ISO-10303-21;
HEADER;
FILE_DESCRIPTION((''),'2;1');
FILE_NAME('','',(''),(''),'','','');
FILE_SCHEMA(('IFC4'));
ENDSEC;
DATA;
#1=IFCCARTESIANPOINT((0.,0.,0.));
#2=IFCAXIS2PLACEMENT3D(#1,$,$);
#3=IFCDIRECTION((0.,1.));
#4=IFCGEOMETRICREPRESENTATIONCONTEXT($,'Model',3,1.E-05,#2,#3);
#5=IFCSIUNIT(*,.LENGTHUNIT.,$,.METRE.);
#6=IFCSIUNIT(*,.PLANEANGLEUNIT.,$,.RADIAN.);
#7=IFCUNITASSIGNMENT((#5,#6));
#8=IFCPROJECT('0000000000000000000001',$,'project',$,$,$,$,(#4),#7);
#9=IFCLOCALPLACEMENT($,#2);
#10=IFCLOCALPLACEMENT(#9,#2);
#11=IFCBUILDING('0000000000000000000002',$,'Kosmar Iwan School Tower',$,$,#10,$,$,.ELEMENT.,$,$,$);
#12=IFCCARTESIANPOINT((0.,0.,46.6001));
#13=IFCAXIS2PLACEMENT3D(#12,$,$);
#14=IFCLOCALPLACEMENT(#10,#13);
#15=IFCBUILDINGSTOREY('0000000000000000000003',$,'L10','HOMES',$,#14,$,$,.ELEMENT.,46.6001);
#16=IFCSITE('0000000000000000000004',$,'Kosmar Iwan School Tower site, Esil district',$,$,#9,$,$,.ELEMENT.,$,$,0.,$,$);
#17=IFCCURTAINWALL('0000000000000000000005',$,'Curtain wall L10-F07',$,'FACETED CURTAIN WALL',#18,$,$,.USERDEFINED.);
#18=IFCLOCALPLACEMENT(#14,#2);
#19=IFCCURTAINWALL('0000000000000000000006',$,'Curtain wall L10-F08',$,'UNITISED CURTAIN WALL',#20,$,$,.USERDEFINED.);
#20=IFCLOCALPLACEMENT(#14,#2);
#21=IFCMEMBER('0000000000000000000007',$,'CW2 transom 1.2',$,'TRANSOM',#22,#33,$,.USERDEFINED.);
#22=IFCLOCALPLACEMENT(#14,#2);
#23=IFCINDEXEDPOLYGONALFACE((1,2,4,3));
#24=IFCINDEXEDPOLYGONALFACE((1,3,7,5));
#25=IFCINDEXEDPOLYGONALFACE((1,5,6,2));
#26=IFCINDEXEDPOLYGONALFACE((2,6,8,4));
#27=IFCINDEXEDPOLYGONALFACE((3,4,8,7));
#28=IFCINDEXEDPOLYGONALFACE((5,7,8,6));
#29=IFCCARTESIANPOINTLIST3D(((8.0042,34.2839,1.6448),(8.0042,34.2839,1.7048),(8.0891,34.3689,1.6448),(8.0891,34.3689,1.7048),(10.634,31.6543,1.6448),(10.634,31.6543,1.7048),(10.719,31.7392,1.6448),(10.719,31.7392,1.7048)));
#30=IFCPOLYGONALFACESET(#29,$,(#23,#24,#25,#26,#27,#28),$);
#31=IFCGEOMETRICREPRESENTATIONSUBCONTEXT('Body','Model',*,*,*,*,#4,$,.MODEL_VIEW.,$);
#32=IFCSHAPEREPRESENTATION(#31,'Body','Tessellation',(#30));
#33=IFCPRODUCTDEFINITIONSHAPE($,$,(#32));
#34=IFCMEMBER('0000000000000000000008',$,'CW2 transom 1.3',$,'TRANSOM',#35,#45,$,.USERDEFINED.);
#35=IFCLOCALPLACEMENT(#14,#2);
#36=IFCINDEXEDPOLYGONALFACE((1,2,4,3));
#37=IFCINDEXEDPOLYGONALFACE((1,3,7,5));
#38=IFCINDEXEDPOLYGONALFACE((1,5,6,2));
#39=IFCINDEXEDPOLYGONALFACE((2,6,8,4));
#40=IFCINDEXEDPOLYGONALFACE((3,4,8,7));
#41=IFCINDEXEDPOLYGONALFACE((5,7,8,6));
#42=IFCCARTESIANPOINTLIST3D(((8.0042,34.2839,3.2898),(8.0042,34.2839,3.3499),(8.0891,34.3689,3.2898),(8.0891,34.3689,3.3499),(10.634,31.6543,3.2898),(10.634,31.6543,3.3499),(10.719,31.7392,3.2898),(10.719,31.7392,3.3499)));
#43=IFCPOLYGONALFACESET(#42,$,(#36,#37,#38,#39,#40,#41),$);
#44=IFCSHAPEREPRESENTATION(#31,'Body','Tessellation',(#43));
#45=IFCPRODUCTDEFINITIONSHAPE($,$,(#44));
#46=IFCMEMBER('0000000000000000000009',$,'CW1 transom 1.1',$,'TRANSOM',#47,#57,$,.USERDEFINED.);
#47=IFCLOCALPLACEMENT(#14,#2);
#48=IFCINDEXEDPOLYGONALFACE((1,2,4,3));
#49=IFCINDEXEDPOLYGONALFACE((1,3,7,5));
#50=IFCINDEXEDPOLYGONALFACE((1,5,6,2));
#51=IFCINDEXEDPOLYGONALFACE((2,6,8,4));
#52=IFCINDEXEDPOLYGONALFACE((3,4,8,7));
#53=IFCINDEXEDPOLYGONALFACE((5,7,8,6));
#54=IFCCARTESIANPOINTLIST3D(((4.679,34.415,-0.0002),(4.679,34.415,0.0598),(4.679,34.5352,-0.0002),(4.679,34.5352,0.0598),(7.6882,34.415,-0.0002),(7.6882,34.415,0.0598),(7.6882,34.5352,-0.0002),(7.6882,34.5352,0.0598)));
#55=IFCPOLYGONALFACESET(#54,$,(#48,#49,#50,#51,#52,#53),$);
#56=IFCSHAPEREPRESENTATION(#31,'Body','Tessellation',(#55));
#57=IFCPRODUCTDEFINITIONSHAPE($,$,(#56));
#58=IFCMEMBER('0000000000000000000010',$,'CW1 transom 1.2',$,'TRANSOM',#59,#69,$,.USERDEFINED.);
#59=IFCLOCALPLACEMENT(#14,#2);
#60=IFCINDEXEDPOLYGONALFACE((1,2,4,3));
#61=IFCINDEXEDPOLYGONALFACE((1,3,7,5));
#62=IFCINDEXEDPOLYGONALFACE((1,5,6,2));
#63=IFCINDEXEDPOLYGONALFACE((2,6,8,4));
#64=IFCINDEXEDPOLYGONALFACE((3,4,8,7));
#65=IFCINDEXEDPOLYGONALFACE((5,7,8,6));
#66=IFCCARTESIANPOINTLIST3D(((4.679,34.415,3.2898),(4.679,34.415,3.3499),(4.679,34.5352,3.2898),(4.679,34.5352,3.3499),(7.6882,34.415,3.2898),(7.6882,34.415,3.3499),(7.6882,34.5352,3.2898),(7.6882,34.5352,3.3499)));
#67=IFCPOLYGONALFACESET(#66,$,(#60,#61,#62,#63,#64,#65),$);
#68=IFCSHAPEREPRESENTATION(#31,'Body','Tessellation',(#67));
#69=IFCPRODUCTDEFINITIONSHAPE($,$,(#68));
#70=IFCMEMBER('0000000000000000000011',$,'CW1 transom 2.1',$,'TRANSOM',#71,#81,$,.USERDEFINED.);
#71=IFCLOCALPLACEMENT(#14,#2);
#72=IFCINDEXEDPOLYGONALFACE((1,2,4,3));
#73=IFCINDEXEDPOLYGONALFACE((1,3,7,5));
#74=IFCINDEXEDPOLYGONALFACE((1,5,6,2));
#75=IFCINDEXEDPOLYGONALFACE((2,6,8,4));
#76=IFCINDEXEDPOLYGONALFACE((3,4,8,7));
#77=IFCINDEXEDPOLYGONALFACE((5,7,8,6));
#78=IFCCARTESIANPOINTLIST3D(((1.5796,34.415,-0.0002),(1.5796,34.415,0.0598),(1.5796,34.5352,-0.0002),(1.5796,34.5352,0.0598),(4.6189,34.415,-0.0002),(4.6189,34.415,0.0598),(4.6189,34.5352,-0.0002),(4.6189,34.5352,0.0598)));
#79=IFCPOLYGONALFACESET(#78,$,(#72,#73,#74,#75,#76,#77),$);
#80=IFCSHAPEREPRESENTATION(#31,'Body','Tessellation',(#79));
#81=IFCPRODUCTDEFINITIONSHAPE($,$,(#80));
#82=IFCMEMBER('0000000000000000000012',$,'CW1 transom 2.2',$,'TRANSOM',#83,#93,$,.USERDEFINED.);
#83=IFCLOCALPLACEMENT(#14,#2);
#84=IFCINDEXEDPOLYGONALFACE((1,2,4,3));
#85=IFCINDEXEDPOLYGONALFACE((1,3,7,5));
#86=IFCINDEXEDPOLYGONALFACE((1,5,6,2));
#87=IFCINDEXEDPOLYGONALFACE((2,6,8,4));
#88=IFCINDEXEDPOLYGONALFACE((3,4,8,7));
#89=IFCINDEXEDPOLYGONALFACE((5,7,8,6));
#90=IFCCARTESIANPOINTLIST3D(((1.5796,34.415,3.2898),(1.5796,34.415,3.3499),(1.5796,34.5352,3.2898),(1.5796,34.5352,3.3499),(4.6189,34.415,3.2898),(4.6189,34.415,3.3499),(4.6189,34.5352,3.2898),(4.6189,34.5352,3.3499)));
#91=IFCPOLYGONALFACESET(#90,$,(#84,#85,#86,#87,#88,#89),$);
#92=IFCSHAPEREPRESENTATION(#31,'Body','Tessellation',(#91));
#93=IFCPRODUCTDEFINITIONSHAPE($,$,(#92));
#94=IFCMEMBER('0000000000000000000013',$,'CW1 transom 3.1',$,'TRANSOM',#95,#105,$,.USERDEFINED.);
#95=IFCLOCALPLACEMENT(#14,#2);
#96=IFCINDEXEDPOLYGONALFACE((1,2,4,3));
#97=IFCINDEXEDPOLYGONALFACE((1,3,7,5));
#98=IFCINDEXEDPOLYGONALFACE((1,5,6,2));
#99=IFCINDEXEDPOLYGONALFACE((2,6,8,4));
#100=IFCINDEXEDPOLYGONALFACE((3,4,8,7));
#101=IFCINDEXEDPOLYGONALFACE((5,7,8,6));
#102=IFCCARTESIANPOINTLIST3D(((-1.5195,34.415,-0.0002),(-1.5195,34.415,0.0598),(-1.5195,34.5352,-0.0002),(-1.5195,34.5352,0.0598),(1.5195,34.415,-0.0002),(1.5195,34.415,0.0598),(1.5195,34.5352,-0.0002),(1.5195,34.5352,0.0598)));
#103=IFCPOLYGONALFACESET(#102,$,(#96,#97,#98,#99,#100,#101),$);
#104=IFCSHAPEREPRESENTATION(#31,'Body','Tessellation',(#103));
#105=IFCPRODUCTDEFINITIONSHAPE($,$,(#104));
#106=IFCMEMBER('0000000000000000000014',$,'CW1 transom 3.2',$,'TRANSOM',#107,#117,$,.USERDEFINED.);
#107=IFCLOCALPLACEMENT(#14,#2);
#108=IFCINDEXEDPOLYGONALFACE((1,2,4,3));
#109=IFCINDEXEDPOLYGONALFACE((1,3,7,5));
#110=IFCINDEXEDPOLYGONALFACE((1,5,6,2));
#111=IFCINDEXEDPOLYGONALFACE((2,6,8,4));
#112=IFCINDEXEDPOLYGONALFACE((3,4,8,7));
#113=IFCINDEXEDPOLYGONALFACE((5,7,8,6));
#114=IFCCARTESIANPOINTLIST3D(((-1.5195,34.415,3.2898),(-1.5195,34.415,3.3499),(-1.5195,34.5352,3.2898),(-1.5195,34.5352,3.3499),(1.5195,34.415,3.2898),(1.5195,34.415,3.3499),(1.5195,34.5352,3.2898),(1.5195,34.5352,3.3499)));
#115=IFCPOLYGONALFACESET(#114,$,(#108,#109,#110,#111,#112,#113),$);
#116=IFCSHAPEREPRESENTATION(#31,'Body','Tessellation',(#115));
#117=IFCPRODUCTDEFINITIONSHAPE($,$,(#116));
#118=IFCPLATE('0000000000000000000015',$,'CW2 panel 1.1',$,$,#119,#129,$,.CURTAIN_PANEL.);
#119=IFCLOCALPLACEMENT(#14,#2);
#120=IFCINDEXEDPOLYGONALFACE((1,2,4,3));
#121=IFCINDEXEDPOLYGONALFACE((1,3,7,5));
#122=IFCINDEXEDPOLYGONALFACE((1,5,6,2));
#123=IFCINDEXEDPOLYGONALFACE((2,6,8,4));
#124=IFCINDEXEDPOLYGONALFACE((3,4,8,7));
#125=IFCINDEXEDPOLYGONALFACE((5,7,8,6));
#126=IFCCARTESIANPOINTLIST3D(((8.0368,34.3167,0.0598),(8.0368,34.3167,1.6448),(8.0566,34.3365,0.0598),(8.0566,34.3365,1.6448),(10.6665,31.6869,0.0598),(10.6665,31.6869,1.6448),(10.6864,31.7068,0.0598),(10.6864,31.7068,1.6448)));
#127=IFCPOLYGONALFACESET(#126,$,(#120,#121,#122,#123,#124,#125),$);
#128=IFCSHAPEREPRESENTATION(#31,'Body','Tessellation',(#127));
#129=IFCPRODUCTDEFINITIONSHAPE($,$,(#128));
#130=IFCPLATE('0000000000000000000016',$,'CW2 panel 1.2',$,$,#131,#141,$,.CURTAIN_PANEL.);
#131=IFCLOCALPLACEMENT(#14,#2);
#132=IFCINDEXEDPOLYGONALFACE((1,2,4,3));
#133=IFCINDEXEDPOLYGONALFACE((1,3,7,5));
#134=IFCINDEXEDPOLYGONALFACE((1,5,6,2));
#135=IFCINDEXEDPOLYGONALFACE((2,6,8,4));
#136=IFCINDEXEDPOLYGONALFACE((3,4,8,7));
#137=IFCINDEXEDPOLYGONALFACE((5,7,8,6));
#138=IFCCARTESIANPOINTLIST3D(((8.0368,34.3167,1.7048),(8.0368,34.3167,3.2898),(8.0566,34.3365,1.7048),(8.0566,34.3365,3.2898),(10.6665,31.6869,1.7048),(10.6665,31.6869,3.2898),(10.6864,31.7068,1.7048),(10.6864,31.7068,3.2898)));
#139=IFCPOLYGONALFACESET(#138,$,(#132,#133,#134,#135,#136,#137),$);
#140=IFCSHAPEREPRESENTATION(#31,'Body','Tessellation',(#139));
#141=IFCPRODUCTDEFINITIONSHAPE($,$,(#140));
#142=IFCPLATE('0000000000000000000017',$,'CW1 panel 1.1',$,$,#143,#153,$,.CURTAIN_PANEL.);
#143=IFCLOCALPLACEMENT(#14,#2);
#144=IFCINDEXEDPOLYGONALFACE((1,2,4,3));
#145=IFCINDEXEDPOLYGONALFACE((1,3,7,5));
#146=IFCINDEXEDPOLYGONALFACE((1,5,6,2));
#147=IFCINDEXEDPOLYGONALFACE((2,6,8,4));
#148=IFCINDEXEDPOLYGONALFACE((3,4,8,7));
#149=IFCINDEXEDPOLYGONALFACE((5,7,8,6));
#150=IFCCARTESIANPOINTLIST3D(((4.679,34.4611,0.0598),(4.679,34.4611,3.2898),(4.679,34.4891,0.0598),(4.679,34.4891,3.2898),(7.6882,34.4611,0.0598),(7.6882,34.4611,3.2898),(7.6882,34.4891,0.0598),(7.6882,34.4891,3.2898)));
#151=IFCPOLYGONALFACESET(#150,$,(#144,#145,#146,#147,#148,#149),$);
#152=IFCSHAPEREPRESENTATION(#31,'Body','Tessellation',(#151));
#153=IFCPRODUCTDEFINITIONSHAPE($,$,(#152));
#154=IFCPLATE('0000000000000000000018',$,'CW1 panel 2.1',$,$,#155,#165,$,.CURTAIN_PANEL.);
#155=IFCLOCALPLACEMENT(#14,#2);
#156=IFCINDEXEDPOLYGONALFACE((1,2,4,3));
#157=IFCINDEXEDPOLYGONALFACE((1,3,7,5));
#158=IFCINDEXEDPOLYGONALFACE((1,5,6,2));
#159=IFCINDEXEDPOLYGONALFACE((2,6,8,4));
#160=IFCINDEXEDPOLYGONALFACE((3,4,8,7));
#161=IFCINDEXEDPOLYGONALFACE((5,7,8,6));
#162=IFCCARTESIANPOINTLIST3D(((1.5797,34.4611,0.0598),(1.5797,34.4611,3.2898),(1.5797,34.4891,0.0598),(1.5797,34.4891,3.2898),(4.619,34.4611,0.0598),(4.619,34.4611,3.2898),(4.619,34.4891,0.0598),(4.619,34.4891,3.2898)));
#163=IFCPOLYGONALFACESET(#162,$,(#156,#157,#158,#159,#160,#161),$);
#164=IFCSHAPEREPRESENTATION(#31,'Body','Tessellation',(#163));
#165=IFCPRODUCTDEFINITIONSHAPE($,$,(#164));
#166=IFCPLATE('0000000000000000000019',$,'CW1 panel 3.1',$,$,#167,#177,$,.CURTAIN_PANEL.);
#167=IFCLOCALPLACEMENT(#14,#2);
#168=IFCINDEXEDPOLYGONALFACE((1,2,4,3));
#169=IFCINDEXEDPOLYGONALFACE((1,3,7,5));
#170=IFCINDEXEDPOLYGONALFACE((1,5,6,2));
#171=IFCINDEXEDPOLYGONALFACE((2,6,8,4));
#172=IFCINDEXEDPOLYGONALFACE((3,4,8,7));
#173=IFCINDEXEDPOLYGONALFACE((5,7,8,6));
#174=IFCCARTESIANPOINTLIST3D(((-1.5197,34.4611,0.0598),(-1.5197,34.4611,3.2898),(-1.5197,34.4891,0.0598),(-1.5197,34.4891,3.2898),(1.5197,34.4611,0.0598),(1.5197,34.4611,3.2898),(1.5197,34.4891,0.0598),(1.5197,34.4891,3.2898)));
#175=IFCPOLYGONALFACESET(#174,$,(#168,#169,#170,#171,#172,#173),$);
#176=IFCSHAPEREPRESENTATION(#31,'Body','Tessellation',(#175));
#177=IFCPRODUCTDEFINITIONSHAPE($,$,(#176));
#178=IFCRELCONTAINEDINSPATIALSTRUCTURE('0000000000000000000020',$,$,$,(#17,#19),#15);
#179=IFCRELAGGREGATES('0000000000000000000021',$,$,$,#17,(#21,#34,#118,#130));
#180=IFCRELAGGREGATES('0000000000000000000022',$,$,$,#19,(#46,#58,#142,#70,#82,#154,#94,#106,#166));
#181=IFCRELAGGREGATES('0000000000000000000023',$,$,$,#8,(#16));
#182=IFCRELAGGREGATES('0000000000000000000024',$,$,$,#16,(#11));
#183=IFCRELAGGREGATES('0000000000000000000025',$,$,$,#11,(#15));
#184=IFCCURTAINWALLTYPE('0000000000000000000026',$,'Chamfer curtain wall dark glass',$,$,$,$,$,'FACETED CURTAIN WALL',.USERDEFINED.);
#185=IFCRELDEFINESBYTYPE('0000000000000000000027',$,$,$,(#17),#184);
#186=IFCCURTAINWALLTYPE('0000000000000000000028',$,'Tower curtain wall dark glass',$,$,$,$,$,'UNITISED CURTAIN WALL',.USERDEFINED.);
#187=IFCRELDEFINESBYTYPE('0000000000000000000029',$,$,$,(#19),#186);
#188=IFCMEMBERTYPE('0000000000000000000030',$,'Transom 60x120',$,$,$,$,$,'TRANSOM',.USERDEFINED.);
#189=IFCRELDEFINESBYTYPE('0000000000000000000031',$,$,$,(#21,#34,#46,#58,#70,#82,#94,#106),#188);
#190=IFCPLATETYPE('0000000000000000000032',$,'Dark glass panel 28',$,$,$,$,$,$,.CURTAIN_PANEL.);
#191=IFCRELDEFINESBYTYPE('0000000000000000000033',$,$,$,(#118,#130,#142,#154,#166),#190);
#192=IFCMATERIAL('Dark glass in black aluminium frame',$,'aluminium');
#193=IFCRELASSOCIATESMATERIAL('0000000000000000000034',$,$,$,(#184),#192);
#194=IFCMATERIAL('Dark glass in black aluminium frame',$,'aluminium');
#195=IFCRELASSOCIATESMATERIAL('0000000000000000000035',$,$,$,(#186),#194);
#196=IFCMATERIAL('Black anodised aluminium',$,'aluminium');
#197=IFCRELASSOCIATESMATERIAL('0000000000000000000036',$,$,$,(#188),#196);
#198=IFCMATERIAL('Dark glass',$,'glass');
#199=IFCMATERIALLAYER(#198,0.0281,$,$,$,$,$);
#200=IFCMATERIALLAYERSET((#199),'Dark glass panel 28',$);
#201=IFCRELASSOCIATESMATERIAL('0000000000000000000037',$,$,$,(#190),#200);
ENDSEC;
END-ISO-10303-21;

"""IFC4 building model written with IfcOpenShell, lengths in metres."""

from ifc_helpers import new_model, si_unit, direction, frame, origin, origin_2d, place, context, subcontext, project, spatial, rectangle, extrude, material, layer, layer_set, material_profile, profile_set, type_object, element, aggregate, save


model = new_model("IFC4")

# Units and contexts
model_context = context("Model", 3, precision=1e-05, world=origin(), true_north=direction((0.0, 1.0)))
body_context = subcontext(model_context, "Body", "Model", "MODEL_VIEW")
ifc_project = project(units=[si_unit("LENGTHUNIT", "METRE"), si_unit("PLANEANGLEUNIT", "RADIAN")], contexts=[model_context])

# Site, building, storey
site_placement = place(None, origin())
site = spatial("IfcSite", under=ifc_project, at=site_placement, Name="Kosmar Iwan School Tower site, Esil district", CompositionType="ELEMENT", RefElevation=0.0)
building_placement = place(site_placement, origin())
building = spatial("IfcBuilding", under=site, at=building_placement, Name="Kosmar Iwan School Tower", CompositionType="ELEMENT")
storey_placement = place(building_placement, frame((0.0, 0.0, 46.6001)))
storey = spatial("IfcBuildingStorey", under=building, at=storey_placement, Name="L10", Description="HOMES", CompositionType="ELEMENT", Elevation=46.6001)

# Curtain walls
ifc_material_1 = material(Name="Dark glass in black aluminium frame", Category="aluminium")
curtain_wall_type_1 = type_object("IfcCurtainWallType", Name="Chamfer curtain wall dark glass", ElementType="FACETED CURTAIN WALL", PredefinedType="USERDEFINED", material=ifc_material_1)
curtain_wall_1_placement = place(storey_placement, origin())
curtain_wall_1 = element("IfcCurtainWall", 1, at=curtain_wall_1_placement, inside=storey, type_object=curtain_wall_type_1, Name="Curtain wall L10-F07", ObjectType="FACETED CURTAIN WALL", PredefinedType="USERDEFINED")
ifc_material_2 = material(Name="Dark glass in black aluminium frame", Category="aluminium")
curtain_wall_type_2 = type_object("IfcCurtainWallType", Name="Tower curtain wall dark glass", ElementType="UNITISED CURTAIN WALL", PredefinedType="USERDEFINED", material=ifc_material_2)
curtain_wall_2_placement = place(storey_placement, origin())
curtain_wall_2 = element("IfcCurtainWall", 2, at=curtain_wall_2_placement, inside=storey, type_object=curtain_wall_type_2, Name="Curtain wall L10-F08", ObjectType="UNITISED CURTAIN WALL", PredefinedType="USERDEFINED")

# Members
ifc_material_3 = material(Name="Black anodised aluminium", Category="aluminium")
ifc_material_profile_1 = material_profile(ifc_material_3, rectangle(XDim=0.1201, YDim=0.0601, at=origin_2d()), Name="TRANSOM 60x120")
ifc_profile_set_1 = profile_set([ifc_material_profile_1], Name="Black anodised aluminium")
member_type_1 = type_object("IfcMemberType", Name="Transom 60x120", ElementType="TRANSOM", PredefinedType="USERDEFINED", material=ifc_profile_set_1)
member_1_placement = place(storey_placement, frame((10.6765, 31.6968, 1.6748), z_axis=(-0.70714, 0.707074, 0.0), x_axis=(-0.707074, -0.70714, 0.0)))
member_1 = element("IfcMember", 3, at=member_1_placement, type_object=member_type_1, Name="CW2 transom 1.2", ObjectType="TRANSOM", PredefinedType="USERDEFINED", context=body_context, shape_type="SweptSolid", body=[
    extrude(rectangle(XDim=0.1201, YDim=0.0601, at=origin_2d()), origin(), (0.0, 0.0, 1.0), 3.719),
])
member_2_placement = place(storey_placement, frame((10.6765, 31.6968, 3.3198), z_axis=(-0.70714, 0.707074, 0.0), x_axis=(-0.707074, -0.70714, 0.0)))
member_2 = element("IfcMember", 4, at=member_2_placement, type_object=member_type_1, Name="CW2 transom 1.3", ObjectType="TRANSOM", PredefinedType="USERDEFINED", context=body_context, shape_type="SweptSolid", body=[
    extrude(rectangle(XDim=0.1201, YDim=0.0601, at=origin_2d()), origin(), (0.0, 0.0, 1.0), 3.719),
])
member_3_placement = place(storey_placement, frame((7.6882, 34.4751, 0.0298), z_axis=(-1.0, 0.0, 0.0), x_axis=(0.0, -1.0, 0.0)))
member_3 = element("IfcMember", 5, at=member_3_placement, type_object=member_type_1, Name="CW1 transom 1.1", ObjectType="TRANSOM", PredefinedType="USERDEFINED", context=body_context, shape_type="SweptSolid", body=[
    extrude(rectangle(XDim=0.1201, YDim=0.0601, at=origin_2d()), origin(), (0.0, 0.0, 1.0), 3.0093),
])
member_4_placement = place(storey_placement, frame((7.6882, 34.4751, 3.3198), z_axis=(-1.0, 0.0, 0.0), x_axis=(0.0, -1.0, 0.0)))
member_4 = element("IfcMember", 6, at=member_4_placement, type_object=member_type_1, Name="CW1 transom 1.2", ObjectType="TRANSOM", PredefinedType="USERDEFINED", context=body_context, shape_type="SweptSolid", body=[
    extrude(rectangle(XDim=0.1201, YDim=0.0601, at=origin_2d()), origin(), (0.0, 0.0, 1.0), 3.0093),
])
member_5_placement = place(storey_placement, frame((4.6189, 34.4751, 0.0298), z_axis=(-1.0, 0.0, 0.0), x_axis=(0.0, -1.0, 0.0)))
member_5 = element("IfcMember", 7, at=member_5_placement, type_object=member_type_1, Name="CW1 transom 2.1", ObjectType="TRANSOM", PredefinedType="USERDEFINED", context=body_context, shape_type="SweptSolid", body=[
    extrude(rectangle(XDim=0.1201, YDim=0.0601, at=origin_2d()), origin(), (0.0, 0.0, 1.0), 3.0393),
])
member_6_placement = place(storey_placement, frame((4.6189, 34.4751, 3.3198), z_axis=(-1.0, 0.0, 0.0), x_axis=(0.0, -1.0, 0.0)))
member_6 = element("IfcMember", 8, at=member_6_placement, type_object=member_type_1, Name="CW1 transom 2.2", ObjectType="TRANSOM", PredefinedType="USERDEFINED", context=body_context, shape_type="SweptSolid", body=[
    extrude(rectangle(XDim=0.1201, YDim=0.0601, at=origin_2d()), origin(), (0.0, 0.0, 1.0), 3.0393),
])
member_7_placement = place(storey_placement, frame((1.5195, 34.4751, 0.0298), z_axis=(-1.0, 0.0, 0.0), x_axis=(0.0, -1.0, 0.0)))
member_7 = element("IfcMember", 9, at=member_7_placement, type_object=member_type_1, Name="CW1 transom 3.1", ObjectType="TRANSOM", PredefinedType="USERDEFINED", context=body_context, shape_type="SweptSolid", body=[
    extrude(rectangle(XDim=0.1201, YDim=0.0601, at=origin_2d()), origin(), (0.0, 0.0, 1.0), 3.0391),
])
member_8_placement = place(storey_placement, frame((1.5195, 34.4751, 3.3198), z_axis=(-1.0, 0.0, 0.0), x_axis=(0.0, -1.0, 0.0)))
member_8 = element("IfcMember", 10, at=member_8_placement, type_object=member_type_1, Name="CW1 transom 3.2", ObjectType="TRANSOM", PredefinedType="USERDEFINED", context=body_context, shape_type="SweptSolid", body=[
    extrude(rectangle(XDim=0.1201, YDim=0.0601, at=origin_2d()), origin(), (0.0, 0.0, 1.0), 3.0391),
])

# Plates
ifc_material_4 = material(Name="Dark glass", Category="glass")
ifc_layer_1 = layer(ifc_material_4, 0.0281)
ifc_layer_set_1 = layer_set([ifc_layer_1], Name="Dark glass panel 28")
plate_type = type_object("IfcPlateType", Name="Dark glass panel 28", PredefinedType="CURTAIN_PANEL", material=ifc_layer_set_1)
plate_1_placement = place(storey_placement, frame((9.3616, 33.0117, 0.0598), z_axis=(0.0, 0.0, 1.0), x_axis=(-0.707107, 0.707107, 0.0)))
plate_1 = element("IfcPlate", 11, at=plate_1_placement, type_object=plate_type, Name="CW2 panel 1.1", PredefinedType="CURTAIN_PANEL", context=body_context, shape_type="SweptSolid", body=[
    extrude(rectangle(XDim=3.719, YDim=0.0281, at=origin_2d()), origin(), (0.0, 0.0, 1.0), 1.585),
])
plate_2_placement = place(storey_placement, frame((9.3616, 33.0117, 1.7048), z_axis=(0.0, 0.0, 1.0), x_axis=(-0.707107, 0.707107, 0.0)))
plate_2 = element("IfcPlate", 12, at=plate_2_placement, type_object=plate_type, Name="CW2 panel 1.2", PredefinedType="CURTAIN_PANEL", context=body_context, shape_type="SweptSolid", body=[
    extrude(rectangle(XDim=3.719, YDim=0.0281, at=origin_2d()), origin(), (0.0, 0.0, 1.0), 1.585),
])
aggregate(curtain_wall_1, [member_1, member_2, plate_1, plate_2])
plate_3_placement = place(storey_placement, frame((6.1836, 34.4751, 0.0598), z_axis=(0.0, 0.0, 1.0), x_axis=(-1.0, 0.0, 0.0)))
plate_3 = element("IfcPlate", 13, at=plate_3_placement, type_object=plate_type, Name="CW1 panel 1.1", PredefinedType="CURTAIN_PANEL", context=body_context, shape_type="SweptSolid", body=[
    extrude(rectangle(XDim=3.0093, YDim=0.0281, at=origin_2d()), origin(), (0.0, 0.0, 1.0), 3.23),
])
plate_4_placement = place(storey_placement, frame((3.0994, 34.4751, 0.0598), z_axis=(0.0, 0.0, 1.0), x_axis=(-1.0, 0.0, 0.0)))
plate_4 = element("IfcPlate", 14, at=plate_4_placement, type_object=plate_type, Name="CW1 panel 2.1", PredefinedType="CURTAIN_PANEL", context=body_context, shape_type="SweptSolid", body=[
    extrude(rectangle(XDim=3.0393, YDim=0.0281, at=origin_2d()), origin(), (0.0, 0.0, 1.0), 3.23),
])
plate_5_placement = place(storey_placement, frame((0.0, 34.4751, 0.0598), z_axis=(0.0, 0.0, 1.0), x_axis=(-1.0, 0.0, 0.0)))
plate_5 = element("IfcPlate", 15, at=plate_5_placement, type_object=plate_type, Name="CW1 panel 3.1", PredefinedType="CURTAIN_PANEL", context=body_context, shape_type="SweptSolid", body=[
    extrude(rectangle(XDim=3.0393, YDim=0.0281, at=origin_2d()), origin(), (0.0, 0.0, 1.0), 3.23),
])
aggregate(curtain_wall_2, [member_3, member_4, plate_3, member_5, member_6, plate_4, member_7, member_8, plate_5])

save(model, "model.ifc")
